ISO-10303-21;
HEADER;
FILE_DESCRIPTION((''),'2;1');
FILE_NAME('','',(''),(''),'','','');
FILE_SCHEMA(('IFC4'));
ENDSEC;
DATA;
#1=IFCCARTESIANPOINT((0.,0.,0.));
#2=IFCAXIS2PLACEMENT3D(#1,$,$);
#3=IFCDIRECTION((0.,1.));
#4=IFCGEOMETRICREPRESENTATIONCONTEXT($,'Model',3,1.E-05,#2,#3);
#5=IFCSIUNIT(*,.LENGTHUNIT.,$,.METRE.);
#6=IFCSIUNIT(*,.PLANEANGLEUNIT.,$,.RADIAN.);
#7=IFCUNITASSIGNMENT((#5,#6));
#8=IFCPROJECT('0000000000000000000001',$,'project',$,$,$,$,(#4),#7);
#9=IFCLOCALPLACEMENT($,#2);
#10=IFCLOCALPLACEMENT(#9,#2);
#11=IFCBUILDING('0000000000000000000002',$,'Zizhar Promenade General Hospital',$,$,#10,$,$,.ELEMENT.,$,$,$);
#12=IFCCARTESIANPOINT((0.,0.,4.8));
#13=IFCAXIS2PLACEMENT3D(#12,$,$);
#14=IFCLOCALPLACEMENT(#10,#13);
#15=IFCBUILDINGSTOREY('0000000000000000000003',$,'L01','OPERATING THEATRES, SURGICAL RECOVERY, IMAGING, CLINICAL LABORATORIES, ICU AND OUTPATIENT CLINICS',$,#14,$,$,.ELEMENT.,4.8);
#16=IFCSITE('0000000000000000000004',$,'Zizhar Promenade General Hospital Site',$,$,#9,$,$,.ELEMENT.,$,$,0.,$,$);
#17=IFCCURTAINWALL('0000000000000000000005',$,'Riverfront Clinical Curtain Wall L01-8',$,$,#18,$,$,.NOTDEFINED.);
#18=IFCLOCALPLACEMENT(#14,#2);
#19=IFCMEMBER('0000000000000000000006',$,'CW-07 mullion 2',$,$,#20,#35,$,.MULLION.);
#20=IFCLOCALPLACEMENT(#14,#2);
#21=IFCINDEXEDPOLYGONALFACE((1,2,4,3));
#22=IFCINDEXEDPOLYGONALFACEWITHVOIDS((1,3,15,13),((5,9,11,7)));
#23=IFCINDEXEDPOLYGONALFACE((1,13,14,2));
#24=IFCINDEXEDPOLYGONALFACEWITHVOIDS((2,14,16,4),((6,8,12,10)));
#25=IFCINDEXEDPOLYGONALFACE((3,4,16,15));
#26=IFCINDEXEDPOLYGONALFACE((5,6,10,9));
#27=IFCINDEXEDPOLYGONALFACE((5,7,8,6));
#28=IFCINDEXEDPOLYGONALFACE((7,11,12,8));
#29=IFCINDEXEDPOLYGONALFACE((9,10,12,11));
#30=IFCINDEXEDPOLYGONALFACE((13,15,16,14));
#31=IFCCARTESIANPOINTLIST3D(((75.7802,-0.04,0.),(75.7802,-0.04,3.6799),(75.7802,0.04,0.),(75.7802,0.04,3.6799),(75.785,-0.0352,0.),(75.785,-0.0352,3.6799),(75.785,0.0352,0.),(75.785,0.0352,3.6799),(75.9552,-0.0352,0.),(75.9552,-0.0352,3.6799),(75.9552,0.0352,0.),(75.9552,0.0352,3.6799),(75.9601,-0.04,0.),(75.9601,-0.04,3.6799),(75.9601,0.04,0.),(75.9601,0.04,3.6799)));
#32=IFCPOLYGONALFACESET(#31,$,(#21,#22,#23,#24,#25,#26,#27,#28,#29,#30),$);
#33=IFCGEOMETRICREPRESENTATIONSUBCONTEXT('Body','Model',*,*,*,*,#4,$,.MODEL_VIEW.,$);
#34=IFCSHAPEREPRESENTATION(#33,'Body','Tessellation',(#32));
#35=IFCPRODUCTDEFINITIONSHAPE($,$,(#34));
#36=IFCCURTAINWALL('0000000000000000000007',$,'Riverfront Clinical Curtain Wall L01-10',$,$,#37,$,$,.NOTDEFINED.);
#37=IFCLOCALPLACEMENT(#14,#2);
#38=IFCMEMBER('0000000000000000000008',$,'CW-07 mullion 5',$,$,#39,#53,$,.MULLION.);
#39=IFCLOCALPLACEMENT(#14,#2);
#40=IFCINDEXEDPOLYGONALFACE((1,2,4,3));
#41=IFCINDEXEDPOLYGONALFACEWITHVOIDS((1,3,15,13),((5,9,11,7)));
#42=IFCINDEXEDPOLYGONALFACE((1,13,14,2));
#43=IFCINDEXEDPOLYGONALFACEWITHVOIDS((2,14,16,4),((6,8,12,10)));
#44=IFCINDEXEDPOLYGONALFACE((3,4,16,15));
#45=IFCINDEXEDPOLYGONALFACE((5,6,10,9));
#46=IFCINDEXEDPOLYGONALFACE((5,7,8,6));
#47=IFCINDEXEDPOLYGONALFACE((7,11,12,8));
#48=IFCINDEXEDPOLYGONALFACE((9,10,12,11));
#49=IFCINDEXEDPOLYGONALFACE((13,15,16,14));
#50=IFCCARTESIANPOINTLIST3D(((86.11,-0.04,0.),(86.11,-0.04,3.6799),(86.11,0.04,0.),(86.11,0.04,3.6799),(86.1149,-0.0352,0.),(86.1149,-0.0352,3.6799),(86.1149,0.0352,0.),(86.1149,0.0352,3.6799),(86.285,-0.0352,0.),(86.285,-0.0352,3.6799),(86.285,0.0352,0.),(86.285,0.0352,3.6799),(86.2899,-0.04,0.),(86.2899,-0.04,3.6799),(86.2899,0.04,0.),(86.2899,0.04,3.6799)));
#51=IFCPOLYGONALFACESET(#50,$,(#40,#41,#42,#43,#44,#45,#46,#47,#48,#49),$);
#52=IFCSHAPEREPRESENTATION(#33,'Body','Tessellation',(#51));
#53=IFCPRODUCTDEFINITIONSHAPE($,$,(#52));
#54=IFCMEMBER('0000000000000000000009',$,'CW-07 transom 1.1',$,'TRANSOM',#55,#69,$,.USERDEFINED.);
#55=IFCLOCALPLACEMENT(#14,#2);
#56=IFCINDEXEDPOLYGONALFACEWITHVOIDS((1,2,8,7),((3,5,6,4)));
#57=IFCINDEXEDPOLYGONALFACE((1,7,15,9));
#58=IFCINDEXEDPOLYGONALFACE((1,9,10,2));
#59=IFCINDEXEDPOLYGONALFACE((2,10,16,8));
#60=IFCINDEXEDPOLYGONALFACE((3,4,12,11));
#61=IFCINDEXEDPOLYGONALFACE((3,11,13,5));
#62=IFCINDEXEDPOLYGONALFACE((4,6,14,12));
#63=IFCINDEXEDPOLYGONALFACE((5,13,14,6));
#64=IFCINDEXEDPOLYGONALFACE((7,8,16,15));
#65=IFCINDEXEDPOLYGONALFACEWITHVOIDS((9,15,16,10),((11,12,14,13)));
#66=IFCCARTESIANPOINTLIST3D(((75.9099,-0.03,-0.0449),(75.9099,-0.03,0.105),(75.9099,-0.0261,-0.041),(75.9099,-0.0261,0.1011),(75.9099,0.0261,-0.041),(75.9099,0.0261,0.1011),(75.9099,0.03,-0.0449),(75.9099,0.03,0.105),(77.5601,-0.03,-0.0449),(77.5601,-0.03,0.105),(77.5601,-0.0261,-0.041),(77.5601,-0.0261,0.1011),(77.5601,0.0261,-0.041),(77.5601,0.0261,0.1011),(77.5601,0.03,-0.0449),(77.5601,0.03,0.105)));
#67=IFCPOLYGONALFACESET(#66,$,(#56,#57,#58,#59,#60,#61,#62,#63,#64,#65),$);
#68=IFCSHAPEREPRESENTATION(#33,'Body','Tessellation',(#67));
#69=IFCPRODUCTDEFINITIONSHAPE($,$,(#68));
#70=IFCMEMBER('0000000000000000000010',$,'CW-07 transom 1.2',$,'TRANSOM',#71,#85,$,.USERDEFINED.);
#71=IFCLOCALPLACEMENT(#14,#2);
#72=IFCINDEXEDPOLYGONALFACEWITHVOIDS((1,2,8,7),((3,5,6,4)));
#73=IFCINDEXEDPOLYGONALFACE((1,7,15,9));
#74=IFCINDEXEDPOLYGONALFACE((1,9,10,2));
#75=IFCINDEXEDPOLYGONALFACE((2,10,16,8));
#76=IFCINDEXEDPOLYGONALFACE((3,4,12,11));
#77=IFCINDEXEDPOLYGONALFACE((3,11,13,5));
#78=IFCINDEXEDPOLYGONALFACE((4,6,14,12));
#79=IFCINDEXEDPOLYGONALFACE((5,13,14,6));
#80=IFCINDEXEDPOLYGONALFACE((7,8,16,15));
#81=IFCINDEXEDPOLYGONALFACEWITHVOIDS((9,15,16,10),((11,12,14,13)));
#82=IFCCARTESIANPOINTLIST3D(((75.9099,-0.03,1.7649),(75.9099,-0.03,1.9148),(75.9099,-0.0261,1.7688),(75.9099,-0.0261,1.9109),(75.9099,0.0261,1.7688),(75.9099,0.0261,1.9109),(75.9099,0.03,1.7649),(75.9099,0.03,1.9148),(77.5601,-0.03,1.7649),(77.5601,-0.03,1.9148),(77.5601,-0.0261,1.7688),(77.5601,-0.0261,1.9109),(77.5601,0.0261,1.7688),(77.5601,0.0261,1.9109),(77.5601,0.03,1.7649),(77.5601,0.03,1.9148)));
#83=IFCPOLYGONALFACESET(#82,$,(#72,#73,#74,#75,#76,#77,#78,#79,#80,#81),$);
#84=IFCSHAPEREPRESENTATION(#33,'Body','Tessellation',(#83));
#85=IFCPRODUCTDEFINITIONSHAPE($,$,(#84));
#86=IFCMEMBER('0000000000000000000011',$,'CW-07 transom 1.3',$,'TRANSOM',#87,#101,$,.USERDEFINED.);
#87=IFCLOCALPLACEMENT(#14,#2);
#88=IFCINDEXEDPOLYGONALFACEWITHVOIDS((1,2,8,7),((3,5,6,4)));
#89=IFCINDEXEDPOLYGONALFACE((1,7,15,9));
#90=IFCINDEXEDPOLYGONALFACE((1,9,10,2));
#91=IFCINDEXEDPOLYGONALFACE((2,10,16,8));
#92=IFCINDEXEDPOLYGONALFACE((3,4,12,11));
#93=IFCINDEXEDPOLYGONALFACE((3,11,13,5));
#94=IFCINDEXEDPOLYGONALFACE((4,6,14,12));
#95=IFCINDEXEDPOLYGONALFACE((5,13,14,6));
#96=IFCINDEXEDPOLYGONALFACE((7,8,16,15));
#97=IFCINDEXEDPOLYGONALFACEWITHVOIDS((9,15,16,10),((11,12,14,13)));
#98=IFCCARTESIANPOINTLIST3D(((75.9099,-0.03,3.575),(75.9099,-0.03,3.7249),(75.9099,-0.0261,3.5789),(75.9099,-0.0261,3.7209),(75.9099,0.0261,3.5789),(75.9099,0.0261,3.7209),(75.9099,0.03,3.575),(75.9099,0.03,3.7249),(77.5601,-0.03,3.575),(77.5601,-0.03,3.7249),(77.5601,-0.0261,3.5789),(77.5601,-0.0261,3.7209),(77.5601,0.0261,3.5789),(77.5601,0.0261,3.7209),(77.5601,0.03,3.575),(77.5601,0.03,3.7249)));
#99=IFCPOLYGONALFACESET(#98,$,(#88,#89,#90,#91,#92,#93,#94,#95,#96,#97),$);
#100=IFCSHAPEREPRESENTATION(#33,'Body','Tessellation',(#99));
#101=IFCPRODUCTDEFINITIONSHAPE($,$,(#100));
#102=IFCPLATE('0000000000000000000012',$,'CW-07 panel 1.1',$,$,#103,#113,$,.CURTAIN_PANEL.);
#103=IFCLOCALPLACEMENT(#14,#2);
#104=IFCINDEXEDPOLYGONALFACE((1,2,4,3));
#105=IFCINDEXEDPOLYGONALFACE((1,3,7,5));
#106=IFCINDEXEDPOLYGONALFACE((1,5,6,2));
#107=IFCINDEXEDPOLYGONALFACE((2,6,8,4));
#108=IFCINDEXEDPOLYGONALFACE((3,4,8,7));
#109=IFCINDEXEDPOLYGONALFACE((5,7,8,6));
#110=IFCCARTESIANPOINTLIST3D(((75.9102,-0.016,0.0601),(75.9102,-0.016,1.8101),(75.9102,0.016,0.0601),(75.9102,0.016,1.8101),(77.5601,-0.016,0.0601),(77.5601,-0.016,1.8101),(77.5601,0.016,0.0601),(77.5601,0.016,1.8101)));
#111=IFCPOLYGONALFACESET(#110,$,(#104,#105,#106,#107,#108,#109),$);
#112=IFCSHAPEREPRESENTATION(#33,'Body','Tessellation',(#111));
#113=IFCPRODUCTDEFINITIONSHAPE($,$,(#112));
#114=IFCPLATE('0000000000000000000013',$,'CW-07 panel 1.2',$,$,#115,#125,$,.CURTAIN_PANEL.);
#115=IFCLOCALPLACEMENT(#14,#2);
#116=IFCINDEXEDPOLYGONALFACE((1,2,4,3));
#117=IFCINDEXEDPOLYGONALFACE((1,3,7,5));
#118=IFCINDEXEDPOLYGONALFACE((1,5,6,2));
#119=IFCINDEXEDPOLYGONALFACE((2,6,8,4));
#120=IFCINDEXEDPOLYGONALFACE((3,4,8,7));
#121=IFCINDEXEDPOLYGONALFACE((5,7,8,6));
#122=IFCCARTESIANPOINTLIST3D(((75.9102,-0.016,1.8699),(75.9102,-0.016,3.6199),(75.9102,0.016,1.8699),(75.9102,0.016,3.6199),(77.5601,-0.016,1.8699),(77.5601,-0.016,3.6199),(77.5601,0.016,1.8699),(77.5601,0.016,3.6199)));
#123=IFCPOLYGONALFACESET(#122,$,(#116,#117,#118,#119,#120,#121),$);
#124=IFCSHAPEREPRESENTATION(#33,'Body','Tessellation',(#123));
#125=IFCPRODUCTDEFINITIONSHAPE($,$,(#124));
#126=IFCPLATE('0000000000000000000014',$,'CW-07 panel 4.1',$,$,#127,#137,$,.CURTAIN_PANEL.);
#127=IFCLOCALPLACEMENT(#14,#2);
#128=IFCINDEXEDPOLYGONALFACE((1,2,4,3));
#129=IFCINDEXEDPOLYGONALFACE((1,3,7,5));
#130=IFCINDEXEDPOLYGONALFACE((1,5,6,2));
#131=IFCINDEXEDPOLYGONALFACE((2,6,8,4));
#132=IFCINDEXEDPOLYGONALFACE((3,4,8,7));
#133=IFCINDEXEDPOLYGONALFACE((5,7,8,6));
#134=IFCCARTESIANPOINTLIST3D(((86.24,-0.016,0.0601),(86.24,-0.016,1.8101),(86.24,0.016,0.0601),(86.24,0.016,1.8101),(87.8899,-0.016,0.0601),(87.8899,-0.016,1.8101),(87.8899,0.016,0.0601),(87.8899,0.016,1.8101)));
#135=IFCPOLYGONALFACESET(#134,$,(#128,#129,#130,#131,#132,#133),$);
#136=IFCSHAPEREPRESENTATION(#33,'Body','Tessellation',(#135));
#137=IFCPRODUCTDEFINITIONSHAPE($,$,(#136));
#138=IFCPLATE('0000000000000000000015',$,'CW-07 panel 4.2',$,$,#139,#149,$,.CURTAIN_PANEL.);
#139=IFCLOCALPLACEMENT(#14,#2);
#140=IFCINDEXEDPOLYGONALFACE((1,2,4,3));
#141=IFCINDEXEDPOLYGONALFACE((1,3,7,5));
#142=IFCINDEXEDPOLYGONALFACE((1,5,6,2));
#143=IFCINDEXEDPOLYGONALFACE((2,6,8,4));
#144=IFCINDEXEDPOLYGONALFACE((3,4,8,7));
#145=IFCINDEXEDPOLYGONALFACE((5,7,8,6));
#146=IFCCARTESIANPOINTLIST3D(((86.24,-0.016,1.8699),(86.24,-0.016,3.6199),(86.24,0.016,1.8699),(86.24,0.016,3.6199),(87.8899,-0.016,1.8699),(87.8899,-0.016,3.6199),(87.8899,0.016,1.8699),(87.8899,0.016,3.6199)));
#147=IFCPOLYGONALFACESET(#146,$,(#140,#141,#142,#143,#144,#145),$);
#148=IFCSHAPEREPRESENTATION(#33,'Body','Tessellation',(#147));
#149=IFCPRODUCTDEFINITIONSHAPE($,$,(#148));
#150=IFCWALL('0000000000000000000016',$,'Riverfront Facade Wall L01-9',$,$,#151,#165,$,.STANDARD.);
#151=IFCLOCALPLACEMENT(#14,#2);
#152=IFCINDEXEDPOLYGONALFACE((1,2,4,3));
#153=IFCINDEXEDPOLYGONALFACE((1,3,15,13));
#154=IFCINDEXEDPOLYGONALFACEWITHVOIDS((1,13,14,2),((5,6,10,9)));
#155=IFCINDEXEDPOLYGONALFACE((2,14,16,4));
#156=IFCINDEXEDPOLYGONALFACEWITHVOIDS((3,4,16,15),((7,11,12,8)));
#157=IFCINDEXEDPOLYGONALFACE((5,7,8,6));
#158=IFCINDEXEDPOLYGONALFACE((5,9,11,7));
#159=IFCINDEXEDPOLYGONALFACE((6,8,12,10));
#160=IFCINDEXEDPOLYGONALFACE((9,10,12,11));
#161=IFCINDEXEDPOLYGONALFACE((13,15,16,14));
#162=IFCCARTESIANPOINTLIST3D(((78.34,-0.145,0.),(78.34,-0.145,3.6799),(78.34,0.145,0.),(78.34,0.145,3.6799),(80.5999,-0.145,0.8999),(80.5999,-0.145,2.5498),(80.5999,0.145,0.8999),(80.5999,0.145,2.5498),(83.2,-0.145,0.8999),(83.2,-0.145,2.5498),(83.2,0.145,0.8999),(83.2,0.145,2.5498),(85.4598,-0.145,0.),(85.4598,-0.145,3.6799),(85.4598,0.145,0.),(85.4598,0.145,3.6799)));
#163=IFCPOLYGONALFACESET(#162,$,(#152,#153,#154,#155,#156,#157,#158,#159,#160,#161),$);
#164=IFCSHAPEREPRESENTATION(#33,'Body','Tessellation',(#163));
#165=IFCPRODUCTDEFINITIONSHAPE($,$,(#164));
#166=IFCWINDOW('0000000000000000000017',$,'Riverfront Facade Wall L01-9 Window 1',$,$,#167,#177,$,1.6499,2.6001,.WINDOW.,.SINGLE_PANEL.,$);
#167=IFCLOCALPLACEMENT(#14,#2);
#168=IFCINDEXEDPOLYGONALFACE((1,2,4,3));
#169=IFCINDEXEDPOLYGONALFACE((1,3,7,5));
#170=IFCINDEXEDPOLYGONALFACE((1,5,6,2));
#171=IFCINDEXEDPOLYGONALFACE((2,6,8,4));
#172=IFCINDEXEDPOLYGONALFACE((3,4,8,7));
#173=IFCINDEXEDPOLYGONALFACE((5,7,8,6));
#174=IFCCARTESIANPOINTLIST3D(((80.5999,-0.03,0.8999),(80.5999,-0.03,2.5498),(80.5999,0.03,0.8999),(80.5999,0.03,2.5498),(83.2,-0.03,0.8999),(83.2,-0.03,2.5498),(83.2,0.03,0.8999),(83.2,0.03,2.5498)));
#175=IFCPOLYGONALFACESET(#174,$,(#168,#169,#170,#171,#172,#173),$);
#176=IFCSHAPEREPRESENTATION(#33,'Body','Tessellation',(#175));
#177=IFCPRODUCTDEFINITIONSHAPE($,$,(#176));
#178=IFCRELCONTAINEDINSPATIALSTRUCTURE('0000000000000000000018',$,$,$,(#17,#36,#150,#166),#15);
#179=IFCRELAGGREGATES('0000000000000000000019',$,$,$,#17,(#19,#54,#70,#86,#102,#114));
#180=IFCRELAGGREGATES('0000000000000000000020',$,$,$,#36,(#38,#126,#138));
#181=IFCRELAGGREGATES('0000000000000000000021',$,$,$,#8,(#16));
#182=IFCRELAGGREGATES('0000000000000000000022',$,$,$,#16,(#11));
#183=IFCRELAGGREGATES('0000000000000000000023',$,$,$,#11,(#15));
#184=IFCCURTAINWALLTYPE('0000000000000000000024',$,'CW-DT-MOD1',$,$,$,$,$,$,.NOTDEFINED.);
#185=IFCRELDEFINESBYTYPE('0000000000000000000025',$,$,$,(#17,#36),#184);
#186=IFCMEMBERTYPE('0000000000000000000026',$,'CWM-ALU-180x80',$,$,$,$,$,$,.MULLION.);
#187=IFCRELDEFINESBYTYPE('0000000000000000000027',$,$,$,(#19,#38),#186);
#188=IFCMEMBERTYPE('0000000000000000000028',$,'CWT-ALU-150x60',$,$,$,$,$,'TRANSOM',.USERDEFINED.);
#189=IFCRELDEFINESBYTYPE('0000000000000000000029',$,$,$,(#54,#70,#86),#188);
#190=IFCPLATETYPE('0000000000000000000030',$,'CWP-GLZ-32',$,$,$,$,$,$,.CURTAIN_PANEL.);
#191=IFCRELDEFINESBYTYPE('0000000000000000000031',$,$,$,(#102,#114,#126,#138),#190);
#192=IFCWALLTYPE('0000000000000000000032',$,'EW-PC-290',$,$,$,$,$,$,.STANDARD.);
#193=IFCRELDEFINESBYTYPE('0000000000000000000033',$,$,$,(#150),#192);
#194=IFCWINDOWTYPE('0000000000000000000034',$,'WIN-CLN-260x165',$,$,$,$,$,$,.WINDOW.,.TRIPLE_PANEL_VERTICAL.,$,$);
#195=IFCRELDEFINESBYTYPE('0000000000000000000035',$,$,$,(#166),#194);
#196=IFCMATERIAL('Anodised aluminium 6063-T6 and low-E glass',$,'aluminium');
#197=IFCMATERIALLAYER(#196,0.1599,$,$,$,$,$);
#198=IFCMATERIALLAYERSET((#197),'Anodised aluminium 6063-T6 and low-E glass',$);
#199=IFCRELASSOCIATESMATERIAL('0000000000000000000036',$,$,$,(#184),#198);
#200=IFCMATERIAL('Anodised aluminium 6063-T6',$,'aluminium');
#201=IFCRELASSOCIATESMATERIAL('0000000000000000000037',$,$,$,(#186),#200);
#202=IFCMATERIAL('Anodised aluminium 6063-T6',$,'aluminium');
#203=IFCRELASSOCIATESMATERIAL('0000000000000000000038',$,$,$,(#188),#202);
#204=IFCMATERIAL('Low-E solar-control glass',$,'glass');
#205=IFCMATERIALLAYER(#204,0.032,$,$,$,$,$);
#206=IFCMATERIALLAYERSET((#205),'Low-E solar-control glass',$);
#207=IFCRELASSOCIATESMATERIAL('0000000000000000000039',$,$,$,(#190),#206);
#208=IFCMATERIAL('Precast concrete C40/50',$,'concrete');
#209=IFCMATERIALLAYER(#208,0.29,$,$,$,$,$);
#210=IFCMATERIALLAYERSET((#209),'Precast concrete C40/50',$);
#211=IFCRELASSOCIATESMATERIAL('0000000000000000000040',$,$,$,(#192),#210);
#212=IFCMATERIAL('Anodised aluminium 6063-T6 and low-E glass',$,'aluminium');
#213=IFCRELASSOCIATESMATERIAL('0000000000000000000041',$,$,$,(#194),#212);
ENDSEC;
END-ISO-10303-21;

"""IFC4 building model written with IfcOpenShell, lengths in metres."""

from ifc_helpers import new_model, si_unit, direction, frame, frame_2d, origin, origin_2d, place, context, subcontext, project, spatial, rectangle, hollow_rectangle, extrude, material, layer, layer_set, material_profile, profile_set, type_object, element, fill, aggregate, save


model = new_model("IFC4")

# Units and contexts
model_context = context("Model", 3, precision=1e-05, world=origin(), true_north=direction((0.0, 1.0)))
body_context = subcontext(model_context, "Body", "Model", "MODEL_VIEW")
ifc_project = project(units=[si_unit("LENGTHUNIT", "METRE"), si_unit("PLANEANGLEUNIT", "RADIAN")], contexts=[model_context])

# Site, building, storey
site_placement = place(None, origin())
site = spatial("IfcSite", under=ifc_project, at=site_placement, Name="Zizhar Promenade General Hospital Site", CompositionType="ELEMENT", RefElevation=0.0)
building_placement = place(site_placement, origin())
building = spatial("IfcBuilding", under=site, at=building_placement, Name="Zizhar Promenade General Hospital", CompositionType="ELEMENT")
storey_placement = place(building_placement, frame((0.0, 0.0, 4.8)))
storey = spatial("IfcBuildingStorey", under=building, at=storey_placement, Name="L01", Description="OPERATING THEATRES, SURGICAL RECOVERY, IMAGING, CLINICAL LABORATORIES, ICU AND OUTPATIENT CLINICS", CompositionType="ELEMENT", Elevation=4.8)

# Curtain wall, member
ifc_material_1 = material(Name="Anodised aluminium 6063-T6 and low-E glass", Category="aluminium")
ifc_layer_1 = layer(ifc_material_1, 0.1599)
ifc_layer_set_1 = layer_set([ifc_layer_1], Name="Anodised aluminium 6063-T6 and low-E glass")
curtain_wall_type = type_object("IfcCurtainWallType", Name="CW-DT-MOD1", PredefinedType="NOTDEFINED", material=ifc_layer_set_1)
curtain_wall_1_placement = place(storey_placement, origin())
curtain_wall_1 = element("IfcCurtainWall", 1, at=curtain_wall_1_placement, inside=storey, type_object=curtain_wall_type, Name="Riverfront Clinical Curtain Wall L01-8", PredefinedType="NOTDEFINED")
ifc_material_2 = material(Name="Anodised aluminium 6063-T6", Category="aluminium")
ifc_material_profile_1 = material_profile(ifc_material_2, hollow_rectangle(XDim=0.0801, YDim=0.1799, WallThickness=0.0049, at=origin_2d()))
ifc_profile_set_1 = profile_set([ifc_material_profile_1], Name="Anodised aluminium 6063-T6")
member_type_1 = type_object("IfcMemberType", Name="CWM-ALU-180x80", PredefinedType="MULLION", material=ifc_profile_set_1)
member_1_placement = place(storey_placement, frame((75.8701, 0.0, 0.0), z_axis=(0.0, 0.0, 1.0), x_axis=(0.0, -1.0, 0.0)))
member_1 = element("IfcMember", 2, at=member_1_placement, type_object=member_type_1, Name="CW-07 mullion 2", PredefinedType="MULLION", context=body_context, shape_type="SweptSolid", body=[
    extrude(hollow_rectangle(XDim=0.0801, YDim=0.1799, WallThickness=0.0049, at=origin_2d()), origin(), (0.0, 0.0, 1.0), 3.6799),
])

# Curtain wall, member
curtain_wall_2_placement = place(storey_placement, origin())
curtain_wall_2 = element("IfcCurtainWall", 3, at=curtain_wall_2_placement, inside=storey, type_object=curtain_wall_type, Name="Riverfront Clinical Curtain Wall L01-10", PredefinedType="NOTDEFINED")
member_2_placement = place(storey_placement, frame((86.2, 0.0, 0.0), z_axis=(0.0, 0.0, 1.0), x_axis=(0.0, -1.0, 0.0)))
member_2 = element("IfcMember", 4, at=member_2_placement, type_object=member_type_1, Name="CW-07 mullion 5", PredefinedType="MULLION", context=body_context, shape_type="SweptSolid", body=[
    extrude(hollow_rectangle(XDim=0.0801, YDim=0.1799, WallThickness=0.0049, at=origin_2d()), origin(), (0.0, 0.0, 1.0), 3.6799),
])

# Members
ifc_material_3 = material(Name="Anodised aluminium 6063-T6", Category="aluminium")
ifc_material_profile_2 = material_profile(ifc_material_3, hollow_rectangle(XDim=0.0601, YDim=0.1499, WallThickness=0.0039, at=origin_2d()))
ifc_profile_set_2 = profile_set([ifc_material_profile_2], Name="Anodised aluminium 6063-T6")
member_type_2 = type_object("IfcMemberType", Name="CWT-ALU-150x60", ElementType="TRANSOM", PredefinedType="USERDEFINED", material=ifc_profile_set_2)
member_3_placement = place(storey_placement, frame((77.5601, 0.0, 0.03), z_axis=(-1.0, 0.0, 0.0), x_axis=(0.0, -1.0, 0.0)))
member_3 = element("IfcMember", 5, at=member_3_placement, type_object=member_type_2, Name="CW-07 transom 1.1", ObjectType="TRANSOM", PredefinedType="USERDEFINED", context=body_context, shape_type="SweptSolid", body=[
    extrude(hollow_rectangle(XDim=0.0601, YDim=0.1499, WallThickness=0.0039, at=origin_2d()), origin(), (0.0, 0.0, 1.0), 1.6501),
])
member_4_placement = place(storey_placement, frame((77.5601, 0.0, 1.8398), z_axis=(-1.0, 0.0, 0.0), x_axis=(0.0, -1.0, 0.0)))
member_4 = element("IfcMember", 6, at=member_4_placement, type_object=member_type_2, Name="CW-07 transom 1.2", ObjectType="TRANSOM", PredefinedType="USERDEFINED", context=body_context, shape_type="SweptSolid", body=[
    extrude(hollow_rectangle(XDim=0.0601, YDim=0.1499, WallThickness=0.0039, at=origin_2d()), origin(), (0.0, 0.0, 1.0), 1.6501),
])
member_5_placement = place(storey_placement, frame((77.5601, 0.0, 3.6499), z_axis=(-1.0, 0.0, 0.0), x_axis=(0.0, -1.0, 0.0)))
member_5 = element("IfcMember", 7, at=member_5_placement, type_object=member_type_2, Name="CW-07 transom 1.3", ObjectType="TRANSOM", PredefinedType="USERDEFINED", context=body_context, shape_type="SweptSolid", body=[
    extrude(hollow_rectangle(XDim=0.0601, YDim=0.1499, WallThickness=0.0039, at=origin_2d()), origin(), (0.0, 0.0, 1.0), 1.6501),
])

# Plates
ifc_material_4 = material(Name="Low-E solar-control glass", Category="glass")
ifc_layer_2 = layer(ifc_material_4, 0.032)
ifc_layer_set_2 = layer_set([ifc_layer_2], Name="Low-E solar-control glass")
plate_type = type_object("IfcPlateType", Name="CWP-GLZ-32", PredefinedType="CURTAIN_PANEL", material=ifc_layer_set_2)
plate_1_placement = place(storey_placement, frame((76.7351, 0.0, 0.0601), z_axis=(0.0, 0.0, 1.0), x_axis=(-1.0, 0.0, 0.0)))
plate_1 = element("IfcPlate", 8, at=plate_1_placement, type_object=plate_type, Name="CW-07 panel 1.1", PredefinedType="CURTAIN_PANEL", context=body_context, shape_type="SweptSolid", body=[
    extrude(rectangle(XDim=1.6499, YDim=0.032, at=origin_2d()), origin(), (0.0, 0.0, 1.0), 1.75),
])
plate_2_placement = place(storey_placement, frame((76.7351, 0.0, 1.8699), z_axis=(0.0, 0.0, 1.0), x_axis=(-1.0, 0.0, 0.0)))
plate_2 = element("IfcPlate", 9, at=plate_2_placement, type_object=plate_type, Name="CW-07 panel 1.2", PredefinedType="CURTAIN_PANEL", context=body_context, shape_type="SweptSolid", body=[
    extrude(rectangle(XDim=1.6499, YDim=0.032, at=origin_2d()), origin(), (0.0, 0.0, 1.0), 1.75),
])
aggregate(curtain_wall_1, [member_1, member_3, member_4, member_5, plate_1, plate_2])
plate_3_placement = place(storey_placement, frame((87.0649, 0.0, 0.0601), z_axis=(0.0, 0.0, 1.0), x_axis=(-1.0, 0.0, 0.0)))
plate_3 = element("IfcPlate", 10, at=plate_3_placement, type_object=plate_type, Name="CW-07 panel 4.1", PredefinedType="CURTAIN_PANEL", context=body_context, shape_type="SweptSolid", body=[
    extrude(rectangle(XDim=1.6499, YDim=0.032, at=origin_2d()), origin(), (0.0, 0.0, 1.0), 1.75),
])
plate_4_placement = place(storey_placement, frame((87.0649, 0.0, 1.8699), z_axis=(0.0, 0.0, 1.0), x_axis=(-1.0, 0.0, 0.0)))
plate_4 = element("IfcPlate", 11, at=plate_4_placement, type_object=plate_type, Name="CW-07 panel 4.2", PredefinedType="CURTAIN_PANEL", context=body_context, shape_type="SweptSolid", body=[
    extrude(rectangle(XDim=1.6499, YDim=0.032, at=origin_2d()), origin(), (0.0, 0.0, 1.0), 1.75),
])
aggregate(curtain_wall_2, [member_2, plate_3, plate_4])

# Wall, opening, window
ifc_material_5 = material(Name="Precast concrete C40/50", Category="concrete")
ifc_layer_3 = layer(ifc_material_5, 0.29)
ifc_layer_set_3 = layer_set([ifc_layer_3], Name="Precast concrete C40/50")
wall_type_1 = type_object("IfcWallType", Name="EW-PC-290", PredefinedType="STANDARD", material=ifc_layer_set_3)
wall_1_placement = place(storey_placement, frame((85.46, 0.0, 0.0), z_axis=(0.0, 0.0, 1.0), x_axis=(-1.0, 0.0, 0.0)))
wall_1 = element("IfcWall", 12, at=wall_1_placement, inside=storey, type_object=wall_type_1, Name="Riverfront Facade Wall L01-9", PredefinedType="STANDARD", context=body_context, shape_type="SweptSolid", body=[
    extrude(rectangle(XDim=7.1199, YDim=0.29, at=frame_2d((3.5601, 0.0))), origin(), (0.0, 0.0, 1.0), 3.6799),
])
opening_1_placement = place(wall_1_placement, frame((2.26, 0.0, 0.8999)))
opening_1 = element("IfcOpeningElement", 13, at=opening_1_placement, cuts=wall_1, PredefinedType="OPENING", context=body_context, shape_type="SweptSolid", body=[
    extrude(rectangle(XDim=2.6001, YDim=1.6499, at=frame_2d((1.3, 0.825))), frame((0.0, 0.155, 0.0), z_axis=(0.0, -1.0, 0.0), x_axis=(1.0, 0.0, 0.0)), (0.0, 0.0, 1.0), 0.3101),
])
ifc_material_6 = material(Name="Anodised aluminium 6063-T6 and low-E glass", Category="aluminium")
window_type = type_object("IfcWindowType", Name="WIN-CLN-260x165", PartitioningType="TRIPLE_PANEL_VERTICAL", PredefinedType="WINDOW", material=ifc_material_6)
window_placement = place(opening_1_placement, origin())
window = element("IfcWindow", 14, at=window_placement, inside=storey, type_object=window_type, Name="Riverfront Facade Wall L01-9 Window 1", OverallHeight=1.6499, OverallWidth=2.6001, PartitioningType="SINGLE_PANEL", PredefinedType="WINDOW", context=body_context, shape_type="SweptSolid", body=[
    extrude(rectangle(XDim=2.6001, YDim=1.6499, at=frame_2d((1.3, 0.825))), frame((0.0, 0.03, 0.0), z_axis=(0.0, -1.0, 0.0), x_axis=(1.0, 0.0, 0.0)), (0.0, 0.0, 1.0), 0.0601),
])
fill(opening_1, window)

save(model, "model.ifc")
